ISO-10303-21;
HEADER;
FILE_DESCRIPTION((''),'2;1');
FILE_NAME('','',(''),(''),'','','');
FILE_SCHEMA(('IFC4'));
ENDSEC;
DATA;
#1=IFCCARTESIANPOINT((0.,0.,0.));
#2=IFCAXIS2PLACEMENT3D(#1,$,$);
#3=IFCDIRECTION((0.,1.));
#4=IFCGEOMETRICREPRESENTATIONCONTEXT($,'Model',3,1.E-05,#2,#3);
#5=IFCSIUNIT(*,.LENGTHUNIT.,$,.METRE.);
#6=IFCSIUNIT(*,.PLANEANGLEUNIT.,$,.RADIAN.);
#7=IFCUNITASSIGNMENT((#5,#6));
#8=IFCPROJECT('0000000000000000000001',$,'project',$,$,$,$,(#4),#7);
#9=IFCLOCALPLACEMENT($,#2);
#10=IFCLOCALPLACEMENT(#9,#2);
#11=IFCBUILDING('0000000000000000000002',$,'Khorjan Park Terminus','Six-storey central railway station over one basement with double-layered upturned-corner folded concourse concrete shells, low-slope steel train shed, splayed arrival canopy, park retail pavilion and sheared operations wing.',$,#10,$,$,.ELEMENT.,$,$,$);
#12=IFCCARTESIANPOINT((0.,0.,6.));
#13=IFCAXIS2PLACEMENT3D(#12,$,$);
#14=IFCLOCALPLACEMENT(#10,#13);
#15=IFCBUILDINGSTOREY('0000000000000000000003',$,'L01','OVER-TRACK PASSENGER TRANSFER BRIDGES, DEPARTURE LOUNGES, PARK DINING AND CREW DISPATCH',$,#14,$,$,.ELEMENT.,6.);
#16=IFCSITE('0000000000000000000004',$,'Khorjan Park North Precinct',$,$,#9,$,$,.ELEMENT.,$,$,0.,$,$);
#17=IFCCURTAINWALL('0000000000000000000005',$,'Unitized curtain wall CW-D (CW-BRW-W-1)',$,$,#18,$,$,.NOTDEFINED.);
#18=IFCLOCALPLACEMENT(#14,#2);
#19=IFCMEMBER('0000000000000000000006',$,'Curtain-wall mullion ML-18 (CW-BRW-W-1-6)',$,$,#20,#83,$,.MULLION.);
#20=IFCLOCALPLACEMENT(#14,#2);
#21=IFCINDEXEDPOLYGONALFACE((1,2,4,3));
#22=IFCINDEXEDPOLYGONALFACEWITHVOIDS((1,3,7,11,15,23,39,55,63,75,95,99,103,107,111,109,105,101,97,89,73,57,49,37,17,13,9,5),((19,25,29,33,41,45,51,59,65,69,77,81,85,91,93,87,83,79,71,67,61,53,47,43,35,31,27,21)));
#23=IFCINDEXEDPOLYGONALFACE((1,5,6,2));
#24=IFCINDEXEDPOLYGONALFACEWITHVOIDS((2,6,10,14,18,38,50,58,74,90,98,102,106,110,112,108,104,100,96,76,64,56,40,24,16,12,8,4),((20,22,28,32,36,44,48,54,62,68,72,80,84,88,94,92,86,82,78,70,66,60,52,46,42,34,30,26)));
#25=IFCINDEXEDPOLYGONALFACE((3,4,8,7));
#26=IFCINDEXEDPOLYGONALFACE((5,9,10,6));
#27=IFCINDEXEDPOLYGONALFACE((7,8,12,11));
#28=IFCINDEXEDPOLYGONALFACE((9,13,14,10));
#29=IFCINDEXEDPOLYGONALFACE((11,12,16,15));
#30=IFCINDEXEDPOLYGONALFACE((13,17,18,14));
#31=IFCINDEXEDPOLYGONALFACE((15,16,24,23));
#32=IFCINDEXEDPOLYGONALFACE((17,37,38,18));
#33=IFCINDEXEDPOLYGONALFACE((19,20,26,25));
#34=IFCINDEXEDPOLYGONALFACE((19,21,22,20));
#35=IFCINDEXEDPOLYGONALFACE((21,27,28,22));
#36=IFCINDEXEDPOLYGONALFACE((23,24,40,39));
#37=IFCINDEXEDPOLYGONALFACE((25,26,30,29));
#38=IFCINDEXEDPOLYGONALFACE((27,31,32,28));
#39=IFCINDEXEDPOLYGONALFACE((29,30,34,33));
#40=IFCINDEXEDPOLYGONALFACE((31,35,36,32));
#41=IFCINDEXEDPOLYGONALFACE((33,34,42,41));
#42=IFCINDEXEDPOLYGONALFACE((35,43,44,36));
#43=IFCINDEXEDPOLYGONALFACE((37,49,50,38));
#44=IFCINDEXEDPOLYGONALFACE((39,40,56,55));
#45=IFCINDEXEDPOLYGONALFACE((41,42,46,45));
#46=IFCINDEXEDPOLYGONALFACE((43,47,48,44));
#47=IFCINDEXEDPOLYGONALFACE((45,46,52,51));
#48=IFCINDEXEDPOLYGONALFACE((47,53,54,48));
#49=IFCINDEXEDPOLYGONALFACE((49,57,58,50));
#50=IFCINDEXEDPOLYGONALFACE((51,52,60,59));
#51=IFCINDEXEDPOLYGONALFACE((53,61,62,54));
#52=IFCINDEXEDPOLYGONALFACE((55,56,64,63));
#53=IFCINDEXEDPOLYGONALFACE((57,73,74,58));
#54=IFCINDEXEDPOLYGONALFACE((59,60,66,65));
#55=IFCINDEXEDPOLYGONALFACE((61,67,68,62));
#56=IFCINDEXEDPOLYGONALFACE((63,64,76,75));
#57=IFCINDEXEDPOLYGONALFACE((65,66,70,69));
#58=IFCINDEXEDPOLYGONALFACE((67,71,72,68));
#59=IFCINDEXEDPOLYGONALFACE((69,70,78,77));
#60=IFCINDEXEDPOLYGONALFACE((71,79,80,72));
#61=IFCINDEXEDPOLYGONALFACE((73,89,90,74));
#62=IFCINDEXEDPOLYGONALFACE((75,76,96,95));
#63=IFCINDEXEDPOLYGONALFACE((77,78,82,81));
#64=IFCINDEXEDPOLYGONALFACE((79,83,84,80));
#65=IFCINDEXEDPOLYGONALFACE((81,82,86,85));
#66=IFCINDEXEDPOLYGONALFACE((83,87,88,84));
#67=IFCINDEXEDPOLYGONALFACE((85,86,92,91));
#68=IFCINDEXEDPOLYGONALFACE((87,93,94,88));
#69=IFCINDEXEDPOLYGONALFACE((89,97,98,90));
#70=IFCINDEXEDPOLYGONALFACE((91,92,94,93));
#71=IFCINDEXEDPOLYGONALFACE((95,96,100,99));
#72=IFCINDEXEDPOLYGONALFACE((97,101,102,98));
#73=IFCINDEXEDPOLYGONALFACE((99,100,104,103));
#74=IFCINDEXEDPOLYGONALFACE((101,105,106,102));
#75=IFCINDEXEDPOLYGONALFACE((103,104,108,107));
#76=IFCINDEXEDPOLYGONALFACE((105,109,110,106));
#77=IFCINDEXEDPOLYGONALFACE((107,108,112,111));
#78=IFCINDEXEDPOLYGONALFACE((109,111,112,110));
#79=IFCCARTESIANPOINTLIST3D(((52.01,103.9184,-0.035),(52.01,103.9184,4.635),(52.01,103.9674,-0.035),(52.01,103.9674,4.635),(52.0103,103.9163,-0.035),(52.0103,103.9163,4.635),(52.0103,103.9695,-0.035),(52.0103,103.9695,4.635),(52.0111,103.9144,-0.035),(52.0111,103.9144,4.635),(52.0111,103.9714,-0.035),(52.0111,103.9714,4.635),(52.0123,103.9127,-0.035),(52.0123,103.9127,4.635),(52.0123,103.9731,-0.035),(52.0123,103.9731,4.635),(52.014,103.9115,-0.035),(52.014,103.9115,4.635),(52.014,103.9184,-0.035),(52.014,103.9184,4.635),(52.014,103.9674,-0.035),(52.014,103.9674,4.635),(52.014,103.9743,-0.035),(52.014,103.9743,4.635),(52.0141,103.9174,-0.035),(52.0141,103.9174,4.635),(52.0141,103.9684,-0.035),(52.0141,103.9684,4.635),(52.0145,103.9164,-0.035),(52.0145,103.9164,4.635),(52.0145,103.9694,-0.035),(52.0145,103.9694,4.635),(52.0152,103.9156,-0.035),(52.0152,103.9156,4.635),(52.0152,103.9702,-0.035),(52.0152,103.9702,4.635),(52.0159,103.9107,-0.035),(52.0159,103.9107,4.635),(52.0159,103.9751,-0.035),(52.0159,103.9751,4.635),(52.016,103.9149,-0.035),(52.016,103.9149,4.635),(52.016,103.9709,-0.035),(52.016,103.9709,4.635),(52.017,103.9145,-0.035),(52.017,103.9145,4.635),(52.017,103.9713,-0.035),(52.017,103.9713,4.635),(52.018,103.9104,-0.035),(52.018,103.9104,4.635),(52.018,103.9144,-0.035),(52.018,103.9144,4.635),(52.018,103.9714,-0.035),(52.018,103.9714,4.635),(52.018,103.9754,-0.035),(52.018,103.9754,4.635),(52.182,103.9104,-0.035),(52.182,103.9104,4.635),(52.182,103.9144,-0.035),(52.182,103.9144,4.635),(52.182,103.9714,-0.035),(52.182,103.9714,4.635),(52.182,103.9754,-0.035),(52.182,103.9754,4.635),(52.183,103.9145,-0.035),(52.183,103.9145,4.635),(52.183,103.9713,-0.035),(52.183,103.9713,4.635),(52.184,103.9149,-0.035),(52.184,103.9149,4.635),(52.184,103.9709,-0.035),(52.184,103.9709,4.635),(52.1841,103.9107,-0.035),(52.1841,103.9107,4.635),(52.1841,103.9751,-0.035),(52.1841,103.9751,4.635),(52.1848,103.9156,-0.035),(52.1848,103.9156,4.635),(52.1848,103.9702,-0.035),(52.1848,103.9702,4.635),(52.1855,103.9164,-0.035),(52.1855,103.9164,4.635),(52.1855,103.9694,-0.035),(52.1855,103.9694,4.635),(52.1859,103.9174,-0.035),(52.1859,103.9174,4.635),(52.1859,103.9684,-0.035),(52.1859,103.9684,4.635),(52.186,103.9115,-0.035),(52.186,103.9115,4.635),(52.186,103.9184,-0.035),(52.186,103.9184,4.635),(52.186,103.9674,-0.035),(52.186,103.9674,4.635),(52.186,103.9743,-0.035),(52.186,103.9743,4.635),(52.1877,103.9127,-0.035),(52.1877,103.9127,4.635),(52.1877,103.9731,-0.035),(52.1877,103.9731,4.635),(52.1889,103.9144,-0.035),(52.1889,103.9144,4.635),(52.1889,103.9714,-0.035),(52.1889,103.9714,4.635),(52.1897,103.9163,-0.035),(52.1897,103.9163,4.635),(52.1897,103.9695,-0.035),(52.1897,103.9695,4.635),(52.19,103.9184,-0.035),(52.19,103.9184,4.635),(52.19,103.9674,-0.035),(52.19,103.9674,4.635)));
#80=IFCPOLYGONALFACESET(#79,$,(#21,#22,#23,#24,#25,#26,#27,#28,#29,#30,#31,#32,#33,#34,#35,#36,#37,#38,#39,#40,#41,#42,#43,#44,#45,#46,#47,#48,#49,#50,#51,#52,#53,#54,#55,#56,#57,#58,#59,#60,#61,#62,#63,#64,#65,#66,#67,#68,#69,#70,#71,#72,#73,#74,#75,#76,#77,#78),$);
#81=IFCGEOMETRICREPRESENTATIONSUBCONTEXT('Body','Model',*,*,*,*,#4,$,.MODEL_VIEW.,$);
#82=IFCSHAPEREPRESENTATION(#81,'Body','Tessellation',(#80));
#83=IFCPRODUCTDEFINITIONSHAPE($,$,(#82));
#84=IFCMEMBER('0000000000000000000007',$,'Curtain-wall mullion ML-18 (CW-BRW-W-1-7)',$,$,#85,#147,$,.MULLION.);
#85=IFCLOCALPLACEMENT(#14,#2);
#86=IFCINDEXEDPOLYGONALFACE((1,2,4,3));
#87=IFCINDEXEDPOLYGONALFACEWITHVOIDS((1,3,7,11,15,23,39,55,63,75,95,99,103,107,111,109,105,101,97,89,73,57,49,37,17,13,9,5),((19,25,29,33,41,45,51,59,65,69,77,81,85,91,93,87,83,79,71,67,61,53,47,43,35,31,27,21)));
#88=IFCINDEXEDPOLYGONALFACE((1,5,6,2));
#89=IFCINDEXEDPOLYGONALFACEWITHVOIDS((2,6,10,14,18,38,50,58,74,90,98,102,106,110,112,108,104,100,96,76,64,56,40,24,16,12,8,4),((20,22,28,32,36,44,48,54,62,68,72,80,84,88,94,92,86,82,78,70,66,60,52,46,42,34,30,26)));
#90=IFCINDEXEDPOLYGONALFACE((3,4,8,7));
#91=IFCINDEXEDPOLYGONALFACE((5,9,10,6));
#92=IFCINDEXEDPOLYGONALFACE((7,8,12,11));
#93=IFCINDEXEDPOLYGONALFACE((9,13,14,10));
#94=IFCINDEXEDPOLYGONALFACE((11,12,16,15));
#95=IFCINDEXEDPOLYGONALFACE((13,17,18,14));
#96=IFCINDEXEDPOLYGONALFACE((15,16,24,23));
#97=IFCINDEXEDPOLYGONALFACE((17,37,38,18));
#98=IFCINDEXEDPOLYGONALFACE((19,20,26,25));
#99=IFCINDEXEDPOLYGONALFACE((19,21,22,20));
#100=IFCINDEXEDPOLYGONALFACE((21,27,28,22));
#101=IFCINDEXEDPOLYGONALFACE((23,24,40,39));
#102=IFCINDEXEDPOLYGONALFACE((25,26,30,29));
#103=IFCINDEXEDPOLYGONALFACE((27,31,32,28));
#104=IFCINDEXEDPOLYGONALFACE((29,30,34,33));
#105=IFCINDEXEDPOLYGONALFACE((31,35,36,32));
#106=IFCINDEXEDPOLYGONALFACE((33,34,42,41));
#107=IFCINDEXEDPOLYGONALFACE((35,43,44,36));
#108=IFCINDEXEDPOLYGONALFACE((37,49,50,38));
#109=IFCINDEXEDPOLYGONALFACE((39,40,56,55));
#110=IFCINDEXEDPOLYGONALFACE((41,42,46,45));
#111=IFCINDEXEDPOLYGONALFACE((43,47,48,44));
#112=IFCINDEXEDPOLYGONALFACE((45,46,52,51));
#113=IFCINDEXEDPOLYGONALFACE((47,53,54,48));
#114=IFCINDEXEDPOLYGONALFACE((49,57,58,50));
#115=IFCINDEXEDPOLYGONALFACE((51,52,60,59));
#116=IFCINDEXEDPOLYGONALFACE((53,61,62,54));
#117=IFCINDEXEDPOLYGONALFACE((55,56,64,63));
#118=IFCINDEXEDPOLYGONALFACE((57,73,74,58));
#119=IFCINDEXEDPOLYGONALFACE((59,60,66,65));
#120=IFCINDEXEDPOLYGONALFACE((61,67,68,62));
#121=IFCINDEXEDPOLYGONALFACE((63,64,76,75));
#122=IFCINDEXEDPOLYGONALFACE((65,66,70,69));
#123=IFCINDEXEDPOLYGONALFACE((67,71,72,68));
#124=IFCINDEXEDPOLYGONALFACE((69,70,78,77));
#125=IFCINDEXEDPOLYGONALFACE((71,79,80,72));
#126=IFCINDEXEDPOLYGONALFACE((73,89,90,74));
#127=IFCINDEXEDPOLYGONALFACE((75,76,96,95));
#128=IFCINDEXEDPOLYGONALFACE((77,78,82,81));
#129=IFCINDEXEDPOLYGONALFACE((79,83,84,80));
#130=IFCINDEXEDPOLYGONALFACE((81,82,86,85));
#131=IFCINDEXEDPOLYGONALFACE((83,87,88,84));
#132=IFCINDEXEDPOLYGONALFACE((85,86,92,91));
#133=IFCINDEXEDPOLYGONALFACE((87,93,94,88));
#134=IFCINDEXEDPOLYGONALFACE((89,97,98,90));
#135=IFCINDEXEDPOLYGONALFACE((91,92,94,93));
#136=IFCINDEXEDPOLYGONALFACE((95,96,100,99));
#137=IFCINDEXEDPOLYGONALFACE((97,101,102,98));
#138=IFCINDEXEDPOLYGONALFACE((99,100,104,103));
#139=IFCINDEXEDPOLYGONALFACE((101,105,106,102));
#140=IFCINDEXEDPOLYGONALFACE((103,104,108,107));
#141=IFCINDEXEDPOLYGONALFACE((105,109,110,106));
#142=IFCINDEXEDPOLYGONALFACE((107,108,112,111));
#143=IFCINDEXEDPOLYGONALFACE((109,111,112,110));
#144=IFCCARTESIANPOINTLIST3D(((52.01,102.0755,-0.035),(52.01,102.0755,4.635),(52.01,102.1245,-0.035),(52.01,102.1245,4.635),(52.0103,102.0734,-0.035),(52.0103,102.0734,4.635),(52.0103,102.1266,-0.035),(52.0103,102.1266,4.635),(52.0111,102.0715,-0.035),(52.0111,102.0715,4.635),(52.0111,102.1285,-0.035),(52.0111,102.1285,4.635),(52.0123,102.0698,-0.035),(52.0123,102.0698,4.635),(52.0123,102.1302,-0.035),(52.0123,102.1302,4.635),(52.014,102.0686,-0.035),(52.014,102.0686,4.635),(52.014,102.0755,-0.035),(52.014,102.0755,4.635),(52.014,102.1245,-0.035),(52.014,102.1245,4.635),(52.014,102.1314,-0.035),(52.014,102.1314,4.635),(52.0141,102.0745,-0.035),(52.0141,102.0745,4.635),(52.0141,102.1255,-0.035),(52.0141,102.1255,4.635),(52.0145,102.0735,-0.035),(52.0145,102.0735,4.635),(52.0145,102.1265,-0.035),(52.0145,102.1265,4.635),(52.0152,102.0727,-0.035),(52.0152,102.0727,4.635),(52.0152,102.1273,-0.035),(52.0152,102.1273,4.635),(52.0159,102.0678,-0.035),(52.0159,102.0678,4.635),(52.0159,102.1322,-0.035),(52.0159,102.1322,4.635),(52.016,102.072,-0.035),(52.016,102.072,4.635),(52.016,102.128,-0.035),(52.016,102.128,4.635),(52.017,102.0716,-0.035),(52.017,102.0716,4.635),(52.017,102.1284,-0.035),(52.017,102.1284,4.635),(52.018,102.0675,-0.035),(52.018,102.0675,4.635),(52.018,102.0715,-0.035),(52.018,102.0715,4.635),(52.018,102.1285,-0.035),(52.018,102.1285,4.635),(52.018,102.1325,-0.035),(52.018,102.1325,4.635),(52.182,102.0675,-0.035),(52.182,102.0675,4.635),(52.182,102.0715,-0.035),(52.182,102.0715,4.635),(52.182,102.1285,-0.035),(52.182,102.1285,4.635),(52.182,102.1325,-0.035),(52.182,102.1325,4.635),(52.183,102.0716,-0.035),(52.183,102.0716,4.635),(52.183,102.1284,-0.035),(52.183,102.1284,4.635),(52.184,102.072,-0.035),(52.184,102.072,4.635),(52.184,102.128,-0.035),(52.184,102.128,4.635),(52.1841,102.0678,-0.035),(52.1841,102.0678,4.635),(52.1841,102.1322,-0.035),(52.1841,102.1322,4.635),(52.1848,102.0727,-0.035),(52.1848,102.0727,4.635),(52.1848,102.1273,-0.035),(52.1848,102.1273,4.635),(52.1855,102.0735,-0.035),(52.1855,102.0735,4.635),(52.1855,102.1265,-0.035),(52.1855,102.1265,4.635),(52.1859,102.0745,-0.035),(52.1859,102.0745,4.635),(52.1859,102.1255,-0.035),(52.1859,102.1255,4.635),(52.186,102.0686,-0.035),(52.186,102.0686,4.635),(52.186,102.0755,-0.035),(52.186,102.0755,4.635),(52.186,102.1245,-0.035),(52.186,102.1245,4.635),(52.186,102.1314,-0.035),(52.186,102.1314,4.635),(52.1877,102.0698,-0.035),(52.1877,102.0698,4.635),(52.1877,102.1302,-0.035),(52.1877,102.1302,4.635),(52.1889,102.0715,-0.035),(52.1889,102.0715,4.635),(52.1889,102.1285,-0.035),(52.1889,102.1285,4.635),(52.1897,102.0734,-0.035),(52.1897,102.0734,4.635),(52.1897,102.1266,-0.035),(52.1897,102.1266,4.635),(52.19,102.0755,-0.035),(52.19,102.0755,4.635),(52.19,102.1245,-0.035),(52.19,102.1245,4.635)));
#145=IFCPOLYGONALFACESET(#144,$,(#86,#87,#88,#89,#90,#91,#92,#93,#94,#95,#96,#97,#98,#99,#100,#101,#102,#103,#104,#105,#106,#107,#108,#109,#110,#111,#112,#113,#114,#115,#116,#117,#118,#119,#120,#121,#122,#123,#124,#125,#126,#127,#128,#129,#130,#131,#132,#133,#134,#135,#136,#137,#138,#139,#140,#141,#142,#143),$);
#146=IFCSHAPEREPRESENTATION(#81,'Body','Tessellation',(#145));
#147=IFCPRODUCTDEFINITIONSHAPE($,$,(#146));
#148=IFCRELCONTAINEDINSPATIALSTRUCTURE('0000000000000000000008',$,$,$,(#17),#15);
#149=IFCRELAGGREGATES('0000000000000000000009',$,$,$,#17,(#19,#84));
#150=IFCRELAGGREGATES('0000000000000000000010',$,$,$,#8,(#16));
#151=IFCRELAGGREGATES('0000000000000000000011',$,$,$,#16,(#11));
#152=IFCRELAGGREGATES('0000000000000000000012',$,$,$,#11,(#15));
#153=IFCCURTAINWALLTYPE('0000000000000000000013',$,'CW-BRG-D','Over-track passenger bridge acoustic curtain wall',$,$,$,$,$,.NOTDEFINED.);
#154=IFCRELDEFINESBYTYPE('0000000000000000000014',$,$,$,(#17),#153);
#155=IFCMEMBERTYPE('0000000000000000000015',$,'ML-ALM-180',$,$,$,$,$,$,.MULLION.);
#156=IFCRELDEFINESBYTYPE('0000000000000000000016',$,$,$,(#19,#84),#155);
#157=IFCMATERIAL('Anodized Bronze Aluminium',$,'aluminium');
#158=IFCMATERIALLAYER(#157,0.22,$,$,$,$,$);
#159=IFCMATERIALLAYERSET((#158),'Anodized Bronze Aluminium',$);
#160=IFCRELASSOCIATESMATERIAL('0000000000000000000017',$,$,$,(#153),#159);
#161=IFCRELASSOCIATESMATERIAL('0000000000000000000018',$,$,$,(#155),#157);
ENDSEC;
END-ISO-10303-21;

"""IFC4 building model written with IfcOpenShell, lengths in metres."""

from ifc_helpers import new_model, si_unit, direction, frame, origin, origin_2d, place, context, subcontext, project, spatial, hollow_rectangle, extrude, material, layer, layer_set, material_profile, profile_set, type_object, element, aggregate, save


model = new_model("IFC4")

# Units and contexts
model_context = context("Model", 3, precision=1e-05, world=origin(), true_north=direction((0.0, 1.0)))
body_context = subcontext(model_context, "Body", "Model", "MODEL_VIEW")
ifc_project = project(units=[si_unit("LENGTHUNIT", "METRE"), si_unit("PLANEANGLEUNIT", "RADIAN")], contexts=[model_context])

# Site, building, storey
site_placement = place(None, origin())
site = spatial("IfcSite", under=ifc_project, at=site_placement, Name="Khorjan Park North Precinct", CompositionType="ELEMENT", RefElevation=0.0)
building_placement = place(site_placement, origin())
building = spatial("IfcBuilding", under=site, at=building_placement, Name="Khorjan Park Terminus", Description="Six-storey central railway station over one basement with double-layered upturned-corner folded concourse concrete shells, low-slope steel train shed, splayed arrival canopy, park retail pavilion and sheared operations wing.", CompositionType="ELEMENT")
storey_placement = place(building_placement, frame((0.0, 0.0, 6.0)))
storey = spatial("IfcBuildingStorey", under=building, at=storey_placement, Name="L01", Description="OVER-TRACK PASSENGER TRANSFER BRIDGES, DEPARTURE LOUNGES, PARK DINING AND CREW DISPATCH", CompositionType="ELEMENT", Elevation=6.0)

# Curtain wall, members
ifc_material_1 = material(Name="Anodized Bronze Aluminium", Category="aluminium")
ifc_layer_1 = layer(ifc_material_1, 0.22)
ifc_layer_set_1 = layer_set([ifc_layer_1], Name="Anodized Bronze Aluminium")
curtain_wall_type_1 = type_object("IfcCurtainWallType", Name="CW-BRG-D", Description="Over-track passenger bridge acoustic curtain wall", PredefinedType="NOTDEFINED", material=ifc_layer_set_1)
curtain_wall_1_placement = place(storey_placement, origin())
curtain_wall_1 = element("IfcCurtainWall", 1, at=curtain_wall_1_placement, inside=storey, type_object=curtain_wall_type_1, Name="Unitized curtain wall CW-D (CW-BRW-W-1)", PredefinedType="NOTDEFINED")
ifc_material_profile_1 = material_profile(ifc_material_1, hollow_rectangle(XDim=0.065, YDim=0.18, WallThickness=0.004, InnerFilletRadius=0.004, OuterFilletRadius=0.008, at=origin_2d()), Name="ALM 65x180x4")
ifc_profile_set_1 = profile_set([ifc_material_profile_1], Name="Anodized Bronze Aluminium")
member_type_1 = type_object("IfcMemberType", Name="ML-ALM-180", PredefinedType="MULLION", material=ifc_profile_set_1)
member_1_placement = place(storey_placement, frame((52.1, 103.9429, -0.035), z_axis=(0.0, 0.0, 1.0), x_axis=(0.0, -1.0, 0.0)))
member_1 = element("IfcMember", 2, at=member_1_placement, type_object=member_type_1, Name="Curtain-wall mullion ML-18 (CW-BRW-W-1-6)", PredefinedType="MULLION", context=body_context, shape_type="SweptSolid", body=[
    extrude(hollow_rectangle(XDim=0.065, YDim=0.18, WallThickness=0.004, InnerFilletRadius=0.004, OuterFilletRadius=0.008, at=origin_2d()), origin(), (0.0, 0.0, 1.0), 4.67),
])
member_2_placement = place(storey_placement, frame((52.1, 102.1, -0.035), z_axis=(0.0, 0.0, 1.0), x_axis=(0.0, -1.0, 0.0)))
member_2 = element("IfcMember", 3, at=member_2_placement, type_object=member_type_1, Name="Curtain-wall mullion ML-18 (CW-BRW-W-1-7)", PredefinedType="MULLION", context=body_context, shape_type="SweptSolid", body=[
    extrude(hollow_rectangle(XDim=0.065, YDim=0.18, WallThickness=0.004, InnerFilletRadius=0.004, OuterFilletRadius=0.008, at=origin_2d()), origin(), (0.0, 0.0, 1.0), 4.67),
])

aggregate(curtain_wall_1, [member_1, member_2])

save(model, "model.ifc")
